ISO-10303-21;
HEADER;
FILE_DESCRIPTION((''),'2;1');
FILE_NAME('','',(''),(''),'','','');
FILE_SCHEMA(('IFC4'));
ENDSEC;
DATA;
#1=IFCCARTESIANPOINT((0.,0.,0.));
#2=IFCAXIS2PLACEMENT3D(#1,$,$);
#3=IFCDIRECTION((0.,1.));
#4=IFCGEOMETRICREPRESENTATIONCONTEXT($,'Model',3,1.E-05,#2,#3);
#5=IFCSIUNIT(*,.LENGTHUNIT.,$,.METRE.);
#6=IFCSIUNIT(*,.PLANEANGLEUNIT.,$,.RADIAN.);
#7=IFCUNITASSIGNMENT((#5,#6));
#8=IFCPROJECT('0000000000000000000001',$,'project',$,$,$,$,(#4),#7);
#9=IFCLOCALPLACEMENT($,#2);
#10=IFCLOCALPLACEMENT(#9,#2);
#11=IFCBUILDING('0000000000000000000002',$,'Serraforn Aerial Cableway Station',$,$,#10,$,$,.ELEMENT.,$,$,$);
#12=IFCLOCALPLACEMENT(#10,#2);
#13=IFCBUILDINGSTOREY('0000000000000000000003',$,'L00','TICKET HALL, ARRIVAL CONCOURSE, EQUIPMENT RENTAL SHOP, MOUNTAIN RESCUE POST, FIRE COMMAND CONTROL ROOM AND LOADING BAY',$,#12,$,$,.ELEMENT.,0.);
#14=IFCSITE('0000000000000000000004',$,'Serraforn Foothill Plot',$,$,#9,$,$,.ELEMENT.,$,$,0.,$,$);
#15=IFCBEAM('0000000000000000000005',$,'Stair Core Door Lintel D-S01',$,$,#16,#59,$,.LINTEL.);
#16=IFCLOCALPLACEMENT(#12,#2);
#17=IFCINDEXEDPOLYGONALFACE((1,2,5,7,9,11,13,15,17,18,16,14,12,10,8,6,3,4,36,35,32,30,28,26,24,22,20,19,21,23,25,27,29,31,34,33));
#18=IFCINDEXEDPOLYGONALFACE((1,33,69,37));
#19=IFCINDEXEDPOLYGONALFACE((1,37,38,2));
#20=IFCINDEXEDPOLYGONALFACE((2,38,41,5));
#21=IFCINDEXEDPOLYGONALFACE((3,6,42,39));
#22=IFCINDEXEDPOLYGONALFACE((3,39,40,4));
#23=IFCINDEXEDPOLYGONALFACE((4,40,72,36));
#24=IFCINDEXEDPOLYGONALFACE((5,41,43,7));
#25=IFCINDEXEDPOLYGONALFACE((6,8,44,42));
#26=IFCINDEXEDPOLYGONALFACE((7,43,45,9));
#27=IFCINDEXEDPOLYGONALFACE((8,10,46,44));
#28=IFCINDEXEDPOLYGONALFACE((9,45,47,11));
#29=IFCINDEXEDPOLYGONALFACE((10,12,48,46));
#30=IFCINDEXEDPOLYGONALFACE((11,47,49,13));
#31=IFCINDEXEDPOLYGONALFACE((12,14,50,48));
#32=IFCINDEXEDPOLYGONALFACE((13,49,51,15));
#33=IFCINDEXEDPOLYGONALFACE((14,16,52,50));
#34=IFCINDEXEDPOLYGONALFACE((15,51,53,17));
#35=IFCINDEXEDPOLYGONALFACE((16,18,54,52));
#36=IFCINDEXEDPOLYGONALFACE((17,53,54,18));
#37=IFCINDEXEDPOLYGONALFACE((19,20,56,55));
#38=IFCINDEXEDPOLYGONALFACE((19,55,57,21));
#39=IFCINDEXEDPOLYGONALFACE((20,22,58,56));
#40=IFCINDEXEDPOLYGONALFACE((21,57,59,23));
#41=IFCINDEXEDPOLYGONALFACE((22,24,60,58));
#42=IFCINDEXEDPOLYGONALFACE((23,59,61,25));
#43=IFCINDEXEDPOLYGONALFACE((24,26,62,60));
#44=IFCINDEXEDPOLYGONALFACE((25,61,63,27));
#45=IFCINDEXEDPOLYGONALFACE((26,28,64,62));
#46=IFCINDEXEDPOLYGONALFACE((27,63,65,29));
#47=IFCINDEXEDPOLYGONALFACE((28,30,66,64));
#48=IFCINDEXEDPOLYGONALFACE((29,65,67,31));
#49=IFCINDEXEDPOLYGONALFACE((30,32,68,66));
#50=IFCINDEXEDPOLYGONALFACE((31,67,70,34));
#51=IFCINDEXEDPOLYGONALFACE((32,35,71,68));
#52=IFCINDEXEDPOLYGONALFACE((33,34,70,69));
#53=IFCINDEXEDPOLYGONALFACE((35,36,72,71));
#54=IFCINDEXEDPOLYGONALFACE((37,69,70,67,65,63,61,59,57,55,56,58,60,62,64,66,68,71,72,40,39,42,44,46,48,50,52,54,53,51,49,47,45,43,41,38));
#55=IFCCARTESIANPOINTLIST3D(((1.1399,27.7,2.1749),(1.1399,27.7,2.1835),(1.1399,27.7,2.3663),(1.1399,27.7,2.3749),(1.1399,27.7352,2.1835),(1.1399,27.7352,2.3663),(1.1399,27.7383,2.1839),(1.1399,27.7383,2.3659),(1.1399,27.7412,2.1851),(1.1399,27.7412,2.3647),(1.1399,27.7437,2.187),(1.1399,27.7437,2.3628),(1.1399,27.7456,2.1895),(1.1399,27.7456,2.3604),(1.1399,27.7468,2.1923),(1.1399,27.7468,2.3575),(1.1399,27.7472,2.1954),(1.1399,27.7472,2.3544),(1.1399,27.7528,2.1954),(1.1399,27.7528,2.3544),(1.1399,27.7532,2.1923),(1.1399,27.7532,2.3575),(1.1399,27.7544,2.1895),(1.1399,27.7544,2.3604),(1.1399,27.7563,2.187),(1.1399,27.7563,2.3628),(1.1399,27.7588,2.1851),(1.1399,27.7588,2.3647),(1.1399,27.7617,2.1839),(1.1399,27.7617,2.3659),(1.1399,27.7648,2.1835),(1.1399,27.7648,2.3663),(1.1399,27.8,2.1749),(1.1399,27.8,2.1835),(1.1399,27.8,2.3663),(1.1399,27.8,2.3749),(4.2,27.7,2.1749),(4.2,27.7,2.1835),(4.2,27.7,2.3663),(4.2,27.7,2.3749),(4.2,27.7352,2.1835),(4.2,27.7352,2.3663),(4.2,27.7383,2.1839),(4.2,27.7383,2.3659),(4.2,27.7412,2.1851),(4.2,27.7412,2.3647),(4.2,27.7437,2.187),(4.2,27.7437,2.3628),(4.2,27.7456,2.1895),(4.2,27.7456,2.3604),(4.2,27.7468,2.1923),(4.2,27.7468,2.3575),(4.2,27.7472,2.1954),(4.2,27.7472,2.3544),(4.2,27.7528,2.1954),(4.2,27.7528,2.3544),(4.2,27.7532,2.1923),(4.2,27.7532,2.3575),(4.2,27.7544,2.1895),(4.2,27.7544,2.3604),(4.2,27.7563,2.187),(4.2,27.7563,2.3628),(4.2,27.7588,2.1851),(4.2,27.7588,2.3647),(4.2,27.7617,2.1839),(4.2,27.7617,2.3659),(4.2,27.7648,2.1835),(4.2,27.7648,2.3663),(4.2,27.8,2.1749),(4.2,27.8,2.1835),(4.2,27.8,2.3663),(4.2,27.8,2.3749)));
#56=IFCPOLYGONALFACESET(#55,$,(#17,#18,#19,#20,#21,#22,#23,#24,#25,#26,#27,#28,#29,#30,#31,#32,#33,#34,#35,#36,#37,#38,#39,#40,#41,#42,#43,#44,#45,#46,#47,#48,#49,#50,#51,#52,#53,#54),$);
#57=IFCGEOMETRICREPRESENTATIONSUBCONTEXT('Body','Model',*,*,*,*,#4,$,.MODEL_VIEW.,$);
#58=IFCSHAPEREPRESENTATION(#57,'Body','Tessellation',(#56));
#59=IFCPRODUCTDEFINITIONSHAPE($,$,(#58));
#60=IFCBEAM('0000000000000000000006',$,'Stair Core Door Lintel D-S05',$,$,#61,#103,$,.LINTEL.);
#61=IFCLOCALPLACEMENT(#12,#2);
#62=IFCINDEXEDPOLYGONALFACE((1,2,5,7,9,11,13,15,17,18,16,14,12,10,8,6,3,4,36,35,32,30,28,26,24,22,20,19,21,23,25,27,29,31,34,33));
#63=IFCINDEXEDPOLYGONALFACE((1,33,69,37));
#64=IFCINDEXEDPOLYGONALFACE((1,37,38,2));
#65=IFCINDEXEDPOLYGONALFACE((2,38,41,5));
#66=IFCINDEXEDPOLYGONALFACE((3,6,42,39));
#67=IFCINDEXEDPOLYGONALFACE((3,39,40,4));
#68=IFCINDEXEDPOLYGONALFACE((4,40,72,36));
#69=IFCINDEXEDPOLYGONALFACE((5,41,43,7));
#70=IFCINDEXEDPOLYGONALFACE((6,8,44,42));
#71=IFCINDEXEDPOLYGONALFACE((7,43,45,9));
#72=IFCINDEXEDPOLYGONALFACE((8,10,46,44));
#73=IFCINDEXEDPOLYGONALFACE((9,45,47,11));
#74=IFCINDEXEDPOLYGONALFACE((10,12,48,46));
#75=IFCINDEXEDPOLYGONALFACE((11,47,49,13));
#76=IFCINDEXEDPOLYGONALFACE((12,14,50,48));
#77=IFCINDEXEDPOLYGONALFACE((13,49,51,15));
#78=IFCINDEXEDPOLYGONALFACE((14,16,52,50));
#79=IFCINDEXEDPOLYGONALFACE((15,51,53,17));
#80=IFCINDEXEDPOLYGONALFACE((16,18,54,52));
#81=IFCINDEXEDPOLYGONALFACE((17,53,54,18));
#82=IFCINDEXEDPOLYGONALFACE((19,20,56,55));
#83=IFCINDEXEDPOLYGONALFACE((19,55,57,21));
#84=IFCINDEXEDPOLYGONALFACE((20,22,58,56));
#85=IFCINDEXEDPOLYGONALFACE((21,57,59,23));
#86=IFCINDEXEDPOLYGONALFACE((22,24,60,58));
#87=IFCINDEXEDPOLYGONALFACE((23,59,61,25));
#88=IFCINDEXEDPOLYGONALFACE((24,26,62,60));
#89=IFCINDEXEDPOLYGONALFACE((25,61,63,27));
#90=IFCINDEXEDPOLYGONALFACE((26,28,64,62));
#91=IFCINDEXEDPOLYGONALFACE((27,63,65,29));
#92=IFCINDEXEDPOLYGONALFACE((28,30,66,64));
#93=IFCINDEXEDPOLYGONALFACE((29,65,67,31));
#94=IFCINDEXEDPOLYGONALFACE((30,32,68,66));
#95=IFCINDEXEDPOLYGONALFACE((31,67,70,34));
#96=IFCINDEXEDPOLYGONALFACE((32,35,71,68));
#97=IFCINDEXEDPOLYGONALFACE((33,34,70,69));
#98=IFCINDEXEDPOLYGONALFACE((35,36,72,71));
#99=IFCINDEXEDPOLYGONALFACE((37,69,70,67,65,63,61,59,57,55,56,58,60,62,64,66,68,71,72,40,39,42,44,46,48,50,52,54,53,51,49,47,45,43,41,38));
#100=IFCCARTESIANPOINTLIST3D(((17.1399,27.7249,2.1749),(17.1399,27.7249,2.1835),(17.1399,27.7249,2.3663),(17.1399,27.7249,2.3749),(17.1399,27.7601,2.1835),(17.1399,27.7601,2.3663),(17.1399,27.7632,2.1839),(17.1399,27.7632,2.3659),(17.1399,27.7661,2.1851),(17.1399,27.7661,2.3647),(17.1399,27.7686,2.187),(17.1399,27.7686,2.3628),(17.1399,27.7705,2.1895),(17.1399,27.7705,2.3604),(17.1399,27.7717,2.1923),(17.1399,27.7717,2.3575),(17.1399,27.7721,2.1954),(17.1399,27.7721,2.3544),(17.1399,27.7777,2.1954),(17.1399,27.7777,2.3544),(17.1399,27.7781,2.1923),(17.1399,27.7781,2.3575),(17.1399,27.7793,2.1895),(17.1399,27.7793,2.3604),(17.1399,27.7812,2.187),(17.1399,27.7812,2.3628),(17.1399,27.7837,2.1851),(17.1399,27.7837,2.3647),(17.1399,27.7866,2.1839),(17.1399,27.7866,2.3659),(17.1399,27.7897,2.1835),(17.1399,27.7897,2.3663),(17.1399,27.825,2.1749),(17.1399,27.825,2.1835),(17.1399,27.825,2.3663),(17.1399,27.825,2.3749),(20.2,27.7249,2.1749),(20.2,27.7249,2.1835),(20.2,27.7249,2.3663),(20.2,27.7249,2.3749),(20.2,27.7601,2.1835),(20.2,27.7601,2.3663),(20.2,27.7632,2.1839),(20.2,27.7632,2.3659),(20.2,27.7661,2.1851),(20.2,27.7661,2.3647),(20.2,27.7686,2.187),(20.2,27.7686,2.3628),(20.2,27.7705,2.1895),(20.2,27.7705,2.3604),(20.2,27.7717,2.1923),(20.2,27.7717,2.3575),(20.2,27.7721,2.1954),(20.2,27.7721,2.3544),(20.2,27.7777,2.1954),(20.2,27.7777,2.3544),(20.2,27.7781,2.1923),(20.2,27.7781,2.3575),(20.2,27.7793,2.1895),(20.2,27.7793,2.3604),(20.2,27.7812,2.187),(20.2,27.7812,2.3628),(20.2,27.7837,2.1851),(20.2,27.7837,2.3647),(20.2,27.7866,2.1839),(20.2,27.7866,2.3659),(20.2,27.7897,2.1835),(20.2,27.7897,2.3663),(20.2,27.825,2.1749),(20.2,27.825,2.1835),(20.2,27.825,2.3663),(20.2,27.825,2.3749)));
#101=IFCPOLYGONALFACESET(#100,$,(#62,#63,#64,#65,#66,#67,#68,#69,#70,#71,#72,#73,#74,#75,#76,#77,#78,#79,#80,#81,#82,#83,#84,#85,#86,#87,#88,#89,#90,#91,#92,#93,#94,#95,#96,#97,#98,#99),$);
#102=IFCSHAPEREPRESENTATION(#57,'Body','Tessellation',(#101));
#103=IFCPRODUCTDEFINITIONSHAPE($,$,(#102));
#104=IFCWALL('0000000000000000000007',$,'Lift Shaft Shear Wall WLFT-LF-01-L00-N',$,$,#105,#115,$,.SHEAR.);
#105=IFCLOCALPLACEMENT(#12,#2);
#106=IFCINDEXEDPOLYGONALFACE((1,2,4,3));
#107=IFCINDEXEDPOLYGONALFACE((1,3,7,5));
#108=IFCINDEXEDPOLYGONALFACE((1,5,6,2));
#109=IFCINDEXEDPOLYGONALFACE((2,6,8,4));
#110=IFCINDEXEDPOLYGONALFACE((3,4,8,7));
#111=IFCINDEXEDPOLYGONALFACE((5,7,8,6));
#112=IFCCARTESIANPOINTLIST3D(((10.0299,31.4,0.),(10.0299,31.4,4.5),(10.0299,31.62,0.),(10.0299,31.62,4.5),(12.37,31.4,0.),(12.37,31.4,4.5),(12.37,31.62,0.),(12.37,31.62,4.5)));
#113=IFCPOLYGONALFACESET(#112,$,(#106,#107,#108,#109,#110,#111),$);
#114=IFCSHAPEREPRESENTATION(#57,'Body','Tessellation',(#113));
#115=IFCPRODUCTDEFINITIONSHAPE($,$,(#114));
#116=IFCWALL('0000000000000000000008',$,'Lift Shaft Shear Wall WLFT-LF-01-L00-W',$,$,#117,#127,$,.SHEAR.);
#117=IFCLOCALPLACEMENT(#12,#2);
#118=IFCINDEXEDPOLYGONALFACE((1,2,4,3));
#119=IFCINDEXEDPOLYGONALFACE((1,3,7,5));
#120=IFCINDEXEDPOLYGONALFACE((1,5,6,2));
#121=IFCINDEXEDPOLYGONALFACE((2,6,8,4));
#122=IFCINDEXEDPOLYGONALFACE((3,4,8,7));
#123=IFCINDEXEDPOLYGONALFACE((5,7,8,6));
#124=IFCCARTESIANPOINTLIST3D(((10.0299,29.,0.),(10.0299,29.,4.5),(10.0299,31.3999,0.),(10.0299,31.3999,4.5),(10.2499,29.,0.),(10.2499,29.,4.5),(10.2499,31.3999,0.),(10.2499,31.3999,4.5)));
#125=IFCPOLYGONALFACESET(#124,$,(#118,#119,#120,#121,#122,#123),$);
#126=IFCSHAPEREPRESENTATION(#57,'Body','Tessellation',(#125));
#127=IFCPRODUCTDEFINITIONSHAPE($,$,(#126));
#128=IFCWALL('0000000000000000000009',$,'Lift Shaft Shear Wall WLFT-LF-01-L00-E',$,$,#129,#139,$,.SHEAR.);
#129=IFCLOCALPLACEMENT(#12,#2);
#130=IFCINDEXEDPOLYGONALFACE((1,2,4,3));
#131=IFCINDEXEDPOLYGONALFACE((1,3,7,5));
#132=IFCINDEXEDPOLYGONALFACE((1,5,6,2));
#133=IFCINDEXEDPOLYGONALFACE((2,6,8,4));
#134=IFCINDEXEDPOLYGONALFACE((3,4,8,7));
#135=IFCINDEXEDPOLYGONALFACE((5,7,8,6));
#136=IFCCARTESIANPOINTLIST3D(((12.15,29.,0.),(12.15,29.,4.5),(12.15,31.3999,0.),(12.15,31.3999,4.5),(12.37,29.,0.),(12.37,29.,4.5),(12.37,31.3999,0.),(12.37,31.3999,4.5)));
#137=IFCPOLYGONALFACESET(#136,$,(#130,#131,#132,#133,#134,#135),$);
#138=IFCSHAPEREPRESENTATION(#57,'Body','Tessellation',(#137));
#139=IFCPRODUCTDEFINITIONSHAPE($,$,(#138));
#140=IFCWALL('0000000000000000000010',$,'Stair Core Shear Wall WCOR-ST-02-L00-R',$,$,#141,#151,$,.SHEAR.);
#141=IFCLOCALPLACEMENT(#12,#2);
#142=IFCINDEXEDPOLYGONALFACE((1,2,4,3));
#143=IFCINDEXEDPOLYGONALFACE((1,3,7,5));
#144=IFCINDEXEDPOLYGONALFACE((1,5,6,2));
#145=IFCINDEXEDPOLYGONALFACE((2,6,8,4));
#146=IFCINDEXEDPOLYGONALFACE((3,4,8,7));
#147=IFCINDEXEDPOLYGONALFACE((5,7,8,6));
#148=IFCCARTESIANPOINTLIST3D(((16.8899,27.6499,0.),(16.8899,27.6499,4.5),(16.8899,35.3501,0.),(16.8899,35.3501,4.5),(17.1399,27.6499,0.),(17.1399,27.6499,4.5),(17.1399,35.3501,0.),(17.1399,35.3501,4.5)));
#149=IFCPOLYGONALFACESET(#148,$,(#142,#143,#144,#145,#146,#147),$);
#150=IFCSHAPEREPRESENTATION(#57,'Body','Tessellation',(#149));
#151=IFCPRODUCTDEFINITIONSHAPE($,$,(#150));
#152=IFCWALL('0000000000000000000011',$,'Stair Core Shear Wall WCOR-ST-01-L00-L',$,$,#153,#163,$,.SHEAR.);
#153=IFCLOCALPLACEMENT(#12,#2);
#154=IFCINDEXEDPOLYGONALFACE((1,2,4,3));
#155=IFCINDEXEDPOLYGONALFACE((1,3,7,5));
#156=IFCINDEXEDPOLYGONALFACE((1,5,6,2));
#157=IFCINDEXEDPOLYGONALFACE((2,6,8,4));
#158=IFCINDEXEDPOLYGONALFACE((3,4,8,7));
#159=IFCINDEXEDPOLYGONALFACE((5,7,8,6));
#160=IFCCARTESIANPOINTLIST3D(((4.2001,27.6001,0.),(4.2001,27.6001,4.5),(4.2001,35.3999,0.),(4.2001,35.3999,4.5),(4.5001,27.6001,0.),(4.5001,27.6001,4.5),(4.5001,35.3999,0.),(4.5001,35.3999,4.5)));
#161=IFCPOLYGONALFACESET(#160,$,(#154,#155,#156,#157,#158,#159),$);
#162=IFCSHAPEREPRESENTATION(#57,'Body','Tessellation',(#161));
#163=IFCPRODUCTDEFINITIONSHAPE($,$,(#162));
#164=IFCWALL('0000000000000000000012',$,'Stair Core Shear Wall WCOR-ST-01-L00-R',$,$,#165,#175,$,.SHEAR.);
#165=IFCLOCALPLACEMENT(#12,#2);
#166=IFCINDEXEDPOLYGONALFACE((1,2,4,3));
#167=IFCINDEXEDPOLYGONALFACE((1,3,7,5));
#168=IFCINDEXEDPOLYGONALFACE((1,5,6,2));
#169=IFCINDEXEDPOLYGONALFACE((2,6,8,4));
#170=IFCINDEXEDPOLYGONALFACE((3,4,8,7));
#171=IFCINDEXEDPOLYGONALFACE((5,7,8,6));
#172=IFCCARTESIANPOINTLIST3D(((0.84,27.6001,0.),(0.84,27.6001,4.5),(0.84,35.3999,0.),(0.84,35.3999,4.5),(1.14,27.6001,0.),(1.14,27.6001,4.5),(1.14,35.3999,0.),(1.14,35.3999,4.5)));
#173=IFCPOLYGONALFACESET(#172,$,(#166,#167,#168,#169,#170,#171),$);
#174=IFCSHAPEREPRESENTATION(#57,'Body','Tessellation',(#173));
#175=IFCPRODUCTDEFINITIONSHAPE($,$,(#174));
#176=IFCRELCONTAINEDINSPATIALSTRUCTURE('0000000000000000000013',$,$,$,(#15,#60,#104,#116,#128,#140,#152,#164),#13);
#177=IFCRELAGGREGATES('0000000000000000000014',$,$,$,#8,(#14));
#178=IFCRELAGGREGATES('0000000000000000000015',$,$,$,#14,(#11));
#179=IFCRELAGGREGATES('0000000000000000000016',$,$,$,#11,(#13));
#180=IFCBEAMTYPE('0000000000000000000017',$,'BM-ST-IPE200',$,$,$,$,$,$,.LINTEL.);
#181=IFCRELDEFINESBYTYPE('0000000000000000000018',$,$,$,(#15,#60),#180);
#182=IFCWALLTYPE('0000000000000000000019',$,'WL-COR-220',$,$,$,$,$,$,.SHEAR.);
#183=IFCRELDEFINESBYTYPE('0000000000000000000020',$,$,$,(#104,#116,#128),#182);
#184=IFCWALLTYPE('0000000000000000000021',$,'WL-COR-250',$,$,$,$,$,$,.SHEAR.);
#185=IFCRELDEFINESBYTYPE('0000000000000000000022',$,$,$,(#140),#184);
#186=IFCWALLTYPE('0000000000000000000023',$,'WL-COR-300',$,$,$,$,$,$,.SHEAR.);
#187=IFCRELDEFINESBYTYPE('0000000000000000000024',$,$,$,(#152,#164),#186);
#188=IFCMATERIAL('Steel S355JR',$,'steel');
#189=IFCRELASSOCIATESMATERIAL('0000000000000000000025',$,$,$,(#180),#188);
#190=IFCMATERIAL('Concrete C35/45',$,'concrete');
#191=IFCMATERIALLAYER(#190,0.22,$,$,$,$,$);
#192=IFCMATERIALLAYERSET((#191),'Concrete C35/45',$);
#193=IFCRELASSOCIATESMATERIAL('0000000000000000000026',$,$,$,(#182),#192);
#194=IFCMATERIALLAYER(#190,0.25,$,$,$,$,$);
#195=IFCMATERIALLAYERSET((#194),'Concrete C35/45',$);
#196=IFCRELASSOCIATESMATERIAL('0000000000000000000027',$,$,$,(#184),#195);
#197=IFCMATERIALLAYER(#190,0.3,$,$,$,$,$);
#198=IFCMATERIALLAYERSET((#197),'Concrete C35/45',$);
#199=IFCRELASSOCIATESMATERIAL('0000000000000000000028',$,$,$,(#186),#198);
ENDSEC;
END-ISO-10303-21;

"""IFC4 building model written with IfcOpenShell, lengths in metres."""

from ifc_helpers import new_model, si_unit, direction, frame, frame_2d, origin, origin_2d, place, context, subcontext, project, spatial, rectangle, i_section, extrude, material, layer, layer_set, material_profile, profile_set, type_object, element, save


model = new_model("IFC4")

# Units and contexts
model_context = context("Model", 3, precision=1e-05, world=origin(), true_north=direction((0.0, 1.0)))
body_context = subcontext(model_context, "Body", "Model", "MODEL_VIEW")
ifc_project = project(units=[si_unit("LENGTHUNIT", "METRE"), si_unit("PLANEANGLEUNIT", "RADIAN")], contexts=[model_context])

# Site, building, storey
site_placement = place(None, origin())
site = spatial("IfcSite", under=ifc_project, at=site_placement, Name="Serraforn Foothill Plot", CompositionType="ELEMENT", RefElevation=0.0)
building_placement = place(site_placement, origin())
building = spatial("IfcBuilding", under=site, at=building_placement, Name="Serraforn Aerial Cableway Station", CompositionType="ELEMENT")
storey_placement = place(building_placement, origin())
storey = spatial("IfcBuildingStorey", under=building, at=storey_placement, Name="L00", Description="TICKET HALL, ARRIVAL CONCOURSE, EQUIPMENT RENTAL SHOP, MOUNTAIN RESCUE POST, FIRE COMMAND CONTROL ROOM AND LOADING BAY", CompositionType="ELEMENT", Elevation=0.0)

# Beams
ifc_material_1 = material(Name="Steel S355JR", Category="steel")
ifc_material_profile = material_profile(ifc_material_1, i_section(OverallWidth=0.1001, OverallDepth=0.2, WebThickness=0.0056, FlangeThickness=0.0085, FilletRadius=0.012, at=origin_2d()), Name="IPE 200")
ifc_profile_set = profile_set([ifc_material_profile], Name="Steel S355JR")
beam_type = type_object("IfcBeamType", Name="BM-ST-IPE200", PredefinedType="LINTEL", material=ifc_profile_set)
for number, where, z_axis, x_axis, name in (
    (1, (4.2, 27.75, 2.2749), (-1.0, 0.0, 0.0), (0.0, -1.0, 0.0), "Stair Core Door Lintel D-S01"),
    (2, (20.2, 27.7749, 2.2749), (-1.0, 0.0, 0.0), (0.0, -1.0, 0.0), "Stair Core Door Lintel D-S05"),
):
    element("IfcBeam", number, at=place(storey_placement, frame(where, z_axis=z_axis, x_axis=x_axis)), inside=storey, type_object=beam_type, Name=name, PredefinedType="LINTEL", context=body_context, shape_type="SweptSolid", body=[
        extrude(i_section(OverallWidth=0.1001, OverallDepth=0.2, WebThickness=0.0056, FlangeThickness=0.0085, FilletRadius=0.012, at=origin_2d()), origin(), (0.0, 0.0, 1.0), 3.0601),
    ])

# Shared definitions
ifc_material_2 = material(Name="Concrete C35/45", Category="concrete")
ifc_layer_1 = layer(ifc_material_2, 0.22)
ifc_layer_set_1 = layer_set([ifc_layer_1], Name="Concrete C35/45")
wall_type_1 = type_object("IfcWallType", Name="WL-COR-220", PredefinedType="SHEAR", material=ifc_layer_set_1)

# Walls
wall_1_placement = place(storey_placement, frame((10.03, 31.51, 0.0), z_axis=(0.0, 0.0, 1.0), x_axis=(1.0, 0.0, 0.0)))
element("IfcWall", 3, at=wall_1_placement, inside=storey, type_object=wall_type_1, Name="Lift Shaft Shear Wall WLFT-LF-01-L00-N", PredefinedType="SHEAR", context=body_context, shape_type="SweptSolid", body=[
    extrude(rectangle(XDim=2.3401, YDim=0.22, at=frame_2d((1.1699, 0.0))), origin(), (0.0, 0.0, 1.0), 4.5),
])
for number, where, z_axis, x_axis, name in (
    (4, (10.1399, 29.0, 0.0), (0.0, 0.0, 1.0), (0.0, 1.0, 0.0), "Lift Shaft Shear Wall WLFT-LF-01-L00-W"),
    (5, (12.26, 29.0, 0.0), (0.0, 0.0, 1.0), (0.0, 1.0, 0.0), "Lift Shaft Shear Wall WLFT-LF-01-L00-E"),
):
    element("IfcWall", number, at=place(storey_placement, frame(where, z_axis=z_axis, x_axis=x_axis)), inside=storey, type_object=wall_type_1, Name=name, PredefinedType="SHEAR", context=body_context, shape_type="SweptSolid", body=[
        extrude(rectangle(XDim=2.3999, YDim=0.22, at=frame_2d((1.2, 0.0))), origin(), (0.0, 0.0, 1.0), 4.5),
    ])

# Shared definitions
ifc_layer_2 = layer(ifc_material_2, 0.25)
ifc_layer_set_2 = layer_set([ifc_layer_2], Name="Concrete C35/45")
wall_type_2 = type_object("IfcWallType", Name="WL-COR-250", PredefinedType="SHEAR", material=ifc_layer_set_2)

# Wall
wall_2_placement = place(storey_placement, frame((17.0149, 27.6499, 0.0), z_axis=(0.0, 0.0, 1.0), x_axis=(0.0, 1.0, 0.0)))
element("IfcWall", 6, at=wall_2_placement, inside=storey, type_object=wall_type_2, Name="Stair Core Shear Wall WCOR-ST-02-L00-R", PredefinedType="SHEAR", context=body_context, shape_type="SweptSolid", body=[
    extrude(rectangle(XDim=7.7002, YDim=0.25, at=frame_2d((3.8501, 0.0))), origin(), (0.0, 0.0, 1.0), 4.5),
])

# Shared definitions
ifc_layer_3 = layer(ifc_material_2, 0.3)
ifc_layer_set_3 = layer_set([ifc_layer_3], Name="Concrete C35/45")
wall_type_3 = type_object("IfcWallType", Name="WL-COR-300", PredefinedType="SHEAR", material=ifc_layer_set_3)

# Walls
for number, where, z_axis, x_axis, name in (
    (7, (4.3501, 27.6001, 0.0), (0.0, 0.0, 1.0), (0.0, 1.0, 0.0), "Stair Core Shear Wall WCOR-ST-01-L00-L"),
    (8, (0.99, 27.6001, 0.0), (0.0, 0.0, 1.0), (0.0, 1.0, 0.0), "Stair Core Shear Wall WCOR-ST-01-L00-R"),
):
    element("IfcWall", number, at=place(storey_placement, frame(where, z_axis=z_axis, x_axis=x_axis)), inside=storey, type_object=wall_type_3, Name=name, PredefinedType="SHEAR", context=body_context, shape_type="SweptSolid", body=[
        extrude(rectangle(XDim=7.7998, YDim=0.3, at=frame_2d((3.8999, 0.0))), origin(), (0.0, 0.0, 1.0), 4.5),
    ])

save(model, "model.ifc")
